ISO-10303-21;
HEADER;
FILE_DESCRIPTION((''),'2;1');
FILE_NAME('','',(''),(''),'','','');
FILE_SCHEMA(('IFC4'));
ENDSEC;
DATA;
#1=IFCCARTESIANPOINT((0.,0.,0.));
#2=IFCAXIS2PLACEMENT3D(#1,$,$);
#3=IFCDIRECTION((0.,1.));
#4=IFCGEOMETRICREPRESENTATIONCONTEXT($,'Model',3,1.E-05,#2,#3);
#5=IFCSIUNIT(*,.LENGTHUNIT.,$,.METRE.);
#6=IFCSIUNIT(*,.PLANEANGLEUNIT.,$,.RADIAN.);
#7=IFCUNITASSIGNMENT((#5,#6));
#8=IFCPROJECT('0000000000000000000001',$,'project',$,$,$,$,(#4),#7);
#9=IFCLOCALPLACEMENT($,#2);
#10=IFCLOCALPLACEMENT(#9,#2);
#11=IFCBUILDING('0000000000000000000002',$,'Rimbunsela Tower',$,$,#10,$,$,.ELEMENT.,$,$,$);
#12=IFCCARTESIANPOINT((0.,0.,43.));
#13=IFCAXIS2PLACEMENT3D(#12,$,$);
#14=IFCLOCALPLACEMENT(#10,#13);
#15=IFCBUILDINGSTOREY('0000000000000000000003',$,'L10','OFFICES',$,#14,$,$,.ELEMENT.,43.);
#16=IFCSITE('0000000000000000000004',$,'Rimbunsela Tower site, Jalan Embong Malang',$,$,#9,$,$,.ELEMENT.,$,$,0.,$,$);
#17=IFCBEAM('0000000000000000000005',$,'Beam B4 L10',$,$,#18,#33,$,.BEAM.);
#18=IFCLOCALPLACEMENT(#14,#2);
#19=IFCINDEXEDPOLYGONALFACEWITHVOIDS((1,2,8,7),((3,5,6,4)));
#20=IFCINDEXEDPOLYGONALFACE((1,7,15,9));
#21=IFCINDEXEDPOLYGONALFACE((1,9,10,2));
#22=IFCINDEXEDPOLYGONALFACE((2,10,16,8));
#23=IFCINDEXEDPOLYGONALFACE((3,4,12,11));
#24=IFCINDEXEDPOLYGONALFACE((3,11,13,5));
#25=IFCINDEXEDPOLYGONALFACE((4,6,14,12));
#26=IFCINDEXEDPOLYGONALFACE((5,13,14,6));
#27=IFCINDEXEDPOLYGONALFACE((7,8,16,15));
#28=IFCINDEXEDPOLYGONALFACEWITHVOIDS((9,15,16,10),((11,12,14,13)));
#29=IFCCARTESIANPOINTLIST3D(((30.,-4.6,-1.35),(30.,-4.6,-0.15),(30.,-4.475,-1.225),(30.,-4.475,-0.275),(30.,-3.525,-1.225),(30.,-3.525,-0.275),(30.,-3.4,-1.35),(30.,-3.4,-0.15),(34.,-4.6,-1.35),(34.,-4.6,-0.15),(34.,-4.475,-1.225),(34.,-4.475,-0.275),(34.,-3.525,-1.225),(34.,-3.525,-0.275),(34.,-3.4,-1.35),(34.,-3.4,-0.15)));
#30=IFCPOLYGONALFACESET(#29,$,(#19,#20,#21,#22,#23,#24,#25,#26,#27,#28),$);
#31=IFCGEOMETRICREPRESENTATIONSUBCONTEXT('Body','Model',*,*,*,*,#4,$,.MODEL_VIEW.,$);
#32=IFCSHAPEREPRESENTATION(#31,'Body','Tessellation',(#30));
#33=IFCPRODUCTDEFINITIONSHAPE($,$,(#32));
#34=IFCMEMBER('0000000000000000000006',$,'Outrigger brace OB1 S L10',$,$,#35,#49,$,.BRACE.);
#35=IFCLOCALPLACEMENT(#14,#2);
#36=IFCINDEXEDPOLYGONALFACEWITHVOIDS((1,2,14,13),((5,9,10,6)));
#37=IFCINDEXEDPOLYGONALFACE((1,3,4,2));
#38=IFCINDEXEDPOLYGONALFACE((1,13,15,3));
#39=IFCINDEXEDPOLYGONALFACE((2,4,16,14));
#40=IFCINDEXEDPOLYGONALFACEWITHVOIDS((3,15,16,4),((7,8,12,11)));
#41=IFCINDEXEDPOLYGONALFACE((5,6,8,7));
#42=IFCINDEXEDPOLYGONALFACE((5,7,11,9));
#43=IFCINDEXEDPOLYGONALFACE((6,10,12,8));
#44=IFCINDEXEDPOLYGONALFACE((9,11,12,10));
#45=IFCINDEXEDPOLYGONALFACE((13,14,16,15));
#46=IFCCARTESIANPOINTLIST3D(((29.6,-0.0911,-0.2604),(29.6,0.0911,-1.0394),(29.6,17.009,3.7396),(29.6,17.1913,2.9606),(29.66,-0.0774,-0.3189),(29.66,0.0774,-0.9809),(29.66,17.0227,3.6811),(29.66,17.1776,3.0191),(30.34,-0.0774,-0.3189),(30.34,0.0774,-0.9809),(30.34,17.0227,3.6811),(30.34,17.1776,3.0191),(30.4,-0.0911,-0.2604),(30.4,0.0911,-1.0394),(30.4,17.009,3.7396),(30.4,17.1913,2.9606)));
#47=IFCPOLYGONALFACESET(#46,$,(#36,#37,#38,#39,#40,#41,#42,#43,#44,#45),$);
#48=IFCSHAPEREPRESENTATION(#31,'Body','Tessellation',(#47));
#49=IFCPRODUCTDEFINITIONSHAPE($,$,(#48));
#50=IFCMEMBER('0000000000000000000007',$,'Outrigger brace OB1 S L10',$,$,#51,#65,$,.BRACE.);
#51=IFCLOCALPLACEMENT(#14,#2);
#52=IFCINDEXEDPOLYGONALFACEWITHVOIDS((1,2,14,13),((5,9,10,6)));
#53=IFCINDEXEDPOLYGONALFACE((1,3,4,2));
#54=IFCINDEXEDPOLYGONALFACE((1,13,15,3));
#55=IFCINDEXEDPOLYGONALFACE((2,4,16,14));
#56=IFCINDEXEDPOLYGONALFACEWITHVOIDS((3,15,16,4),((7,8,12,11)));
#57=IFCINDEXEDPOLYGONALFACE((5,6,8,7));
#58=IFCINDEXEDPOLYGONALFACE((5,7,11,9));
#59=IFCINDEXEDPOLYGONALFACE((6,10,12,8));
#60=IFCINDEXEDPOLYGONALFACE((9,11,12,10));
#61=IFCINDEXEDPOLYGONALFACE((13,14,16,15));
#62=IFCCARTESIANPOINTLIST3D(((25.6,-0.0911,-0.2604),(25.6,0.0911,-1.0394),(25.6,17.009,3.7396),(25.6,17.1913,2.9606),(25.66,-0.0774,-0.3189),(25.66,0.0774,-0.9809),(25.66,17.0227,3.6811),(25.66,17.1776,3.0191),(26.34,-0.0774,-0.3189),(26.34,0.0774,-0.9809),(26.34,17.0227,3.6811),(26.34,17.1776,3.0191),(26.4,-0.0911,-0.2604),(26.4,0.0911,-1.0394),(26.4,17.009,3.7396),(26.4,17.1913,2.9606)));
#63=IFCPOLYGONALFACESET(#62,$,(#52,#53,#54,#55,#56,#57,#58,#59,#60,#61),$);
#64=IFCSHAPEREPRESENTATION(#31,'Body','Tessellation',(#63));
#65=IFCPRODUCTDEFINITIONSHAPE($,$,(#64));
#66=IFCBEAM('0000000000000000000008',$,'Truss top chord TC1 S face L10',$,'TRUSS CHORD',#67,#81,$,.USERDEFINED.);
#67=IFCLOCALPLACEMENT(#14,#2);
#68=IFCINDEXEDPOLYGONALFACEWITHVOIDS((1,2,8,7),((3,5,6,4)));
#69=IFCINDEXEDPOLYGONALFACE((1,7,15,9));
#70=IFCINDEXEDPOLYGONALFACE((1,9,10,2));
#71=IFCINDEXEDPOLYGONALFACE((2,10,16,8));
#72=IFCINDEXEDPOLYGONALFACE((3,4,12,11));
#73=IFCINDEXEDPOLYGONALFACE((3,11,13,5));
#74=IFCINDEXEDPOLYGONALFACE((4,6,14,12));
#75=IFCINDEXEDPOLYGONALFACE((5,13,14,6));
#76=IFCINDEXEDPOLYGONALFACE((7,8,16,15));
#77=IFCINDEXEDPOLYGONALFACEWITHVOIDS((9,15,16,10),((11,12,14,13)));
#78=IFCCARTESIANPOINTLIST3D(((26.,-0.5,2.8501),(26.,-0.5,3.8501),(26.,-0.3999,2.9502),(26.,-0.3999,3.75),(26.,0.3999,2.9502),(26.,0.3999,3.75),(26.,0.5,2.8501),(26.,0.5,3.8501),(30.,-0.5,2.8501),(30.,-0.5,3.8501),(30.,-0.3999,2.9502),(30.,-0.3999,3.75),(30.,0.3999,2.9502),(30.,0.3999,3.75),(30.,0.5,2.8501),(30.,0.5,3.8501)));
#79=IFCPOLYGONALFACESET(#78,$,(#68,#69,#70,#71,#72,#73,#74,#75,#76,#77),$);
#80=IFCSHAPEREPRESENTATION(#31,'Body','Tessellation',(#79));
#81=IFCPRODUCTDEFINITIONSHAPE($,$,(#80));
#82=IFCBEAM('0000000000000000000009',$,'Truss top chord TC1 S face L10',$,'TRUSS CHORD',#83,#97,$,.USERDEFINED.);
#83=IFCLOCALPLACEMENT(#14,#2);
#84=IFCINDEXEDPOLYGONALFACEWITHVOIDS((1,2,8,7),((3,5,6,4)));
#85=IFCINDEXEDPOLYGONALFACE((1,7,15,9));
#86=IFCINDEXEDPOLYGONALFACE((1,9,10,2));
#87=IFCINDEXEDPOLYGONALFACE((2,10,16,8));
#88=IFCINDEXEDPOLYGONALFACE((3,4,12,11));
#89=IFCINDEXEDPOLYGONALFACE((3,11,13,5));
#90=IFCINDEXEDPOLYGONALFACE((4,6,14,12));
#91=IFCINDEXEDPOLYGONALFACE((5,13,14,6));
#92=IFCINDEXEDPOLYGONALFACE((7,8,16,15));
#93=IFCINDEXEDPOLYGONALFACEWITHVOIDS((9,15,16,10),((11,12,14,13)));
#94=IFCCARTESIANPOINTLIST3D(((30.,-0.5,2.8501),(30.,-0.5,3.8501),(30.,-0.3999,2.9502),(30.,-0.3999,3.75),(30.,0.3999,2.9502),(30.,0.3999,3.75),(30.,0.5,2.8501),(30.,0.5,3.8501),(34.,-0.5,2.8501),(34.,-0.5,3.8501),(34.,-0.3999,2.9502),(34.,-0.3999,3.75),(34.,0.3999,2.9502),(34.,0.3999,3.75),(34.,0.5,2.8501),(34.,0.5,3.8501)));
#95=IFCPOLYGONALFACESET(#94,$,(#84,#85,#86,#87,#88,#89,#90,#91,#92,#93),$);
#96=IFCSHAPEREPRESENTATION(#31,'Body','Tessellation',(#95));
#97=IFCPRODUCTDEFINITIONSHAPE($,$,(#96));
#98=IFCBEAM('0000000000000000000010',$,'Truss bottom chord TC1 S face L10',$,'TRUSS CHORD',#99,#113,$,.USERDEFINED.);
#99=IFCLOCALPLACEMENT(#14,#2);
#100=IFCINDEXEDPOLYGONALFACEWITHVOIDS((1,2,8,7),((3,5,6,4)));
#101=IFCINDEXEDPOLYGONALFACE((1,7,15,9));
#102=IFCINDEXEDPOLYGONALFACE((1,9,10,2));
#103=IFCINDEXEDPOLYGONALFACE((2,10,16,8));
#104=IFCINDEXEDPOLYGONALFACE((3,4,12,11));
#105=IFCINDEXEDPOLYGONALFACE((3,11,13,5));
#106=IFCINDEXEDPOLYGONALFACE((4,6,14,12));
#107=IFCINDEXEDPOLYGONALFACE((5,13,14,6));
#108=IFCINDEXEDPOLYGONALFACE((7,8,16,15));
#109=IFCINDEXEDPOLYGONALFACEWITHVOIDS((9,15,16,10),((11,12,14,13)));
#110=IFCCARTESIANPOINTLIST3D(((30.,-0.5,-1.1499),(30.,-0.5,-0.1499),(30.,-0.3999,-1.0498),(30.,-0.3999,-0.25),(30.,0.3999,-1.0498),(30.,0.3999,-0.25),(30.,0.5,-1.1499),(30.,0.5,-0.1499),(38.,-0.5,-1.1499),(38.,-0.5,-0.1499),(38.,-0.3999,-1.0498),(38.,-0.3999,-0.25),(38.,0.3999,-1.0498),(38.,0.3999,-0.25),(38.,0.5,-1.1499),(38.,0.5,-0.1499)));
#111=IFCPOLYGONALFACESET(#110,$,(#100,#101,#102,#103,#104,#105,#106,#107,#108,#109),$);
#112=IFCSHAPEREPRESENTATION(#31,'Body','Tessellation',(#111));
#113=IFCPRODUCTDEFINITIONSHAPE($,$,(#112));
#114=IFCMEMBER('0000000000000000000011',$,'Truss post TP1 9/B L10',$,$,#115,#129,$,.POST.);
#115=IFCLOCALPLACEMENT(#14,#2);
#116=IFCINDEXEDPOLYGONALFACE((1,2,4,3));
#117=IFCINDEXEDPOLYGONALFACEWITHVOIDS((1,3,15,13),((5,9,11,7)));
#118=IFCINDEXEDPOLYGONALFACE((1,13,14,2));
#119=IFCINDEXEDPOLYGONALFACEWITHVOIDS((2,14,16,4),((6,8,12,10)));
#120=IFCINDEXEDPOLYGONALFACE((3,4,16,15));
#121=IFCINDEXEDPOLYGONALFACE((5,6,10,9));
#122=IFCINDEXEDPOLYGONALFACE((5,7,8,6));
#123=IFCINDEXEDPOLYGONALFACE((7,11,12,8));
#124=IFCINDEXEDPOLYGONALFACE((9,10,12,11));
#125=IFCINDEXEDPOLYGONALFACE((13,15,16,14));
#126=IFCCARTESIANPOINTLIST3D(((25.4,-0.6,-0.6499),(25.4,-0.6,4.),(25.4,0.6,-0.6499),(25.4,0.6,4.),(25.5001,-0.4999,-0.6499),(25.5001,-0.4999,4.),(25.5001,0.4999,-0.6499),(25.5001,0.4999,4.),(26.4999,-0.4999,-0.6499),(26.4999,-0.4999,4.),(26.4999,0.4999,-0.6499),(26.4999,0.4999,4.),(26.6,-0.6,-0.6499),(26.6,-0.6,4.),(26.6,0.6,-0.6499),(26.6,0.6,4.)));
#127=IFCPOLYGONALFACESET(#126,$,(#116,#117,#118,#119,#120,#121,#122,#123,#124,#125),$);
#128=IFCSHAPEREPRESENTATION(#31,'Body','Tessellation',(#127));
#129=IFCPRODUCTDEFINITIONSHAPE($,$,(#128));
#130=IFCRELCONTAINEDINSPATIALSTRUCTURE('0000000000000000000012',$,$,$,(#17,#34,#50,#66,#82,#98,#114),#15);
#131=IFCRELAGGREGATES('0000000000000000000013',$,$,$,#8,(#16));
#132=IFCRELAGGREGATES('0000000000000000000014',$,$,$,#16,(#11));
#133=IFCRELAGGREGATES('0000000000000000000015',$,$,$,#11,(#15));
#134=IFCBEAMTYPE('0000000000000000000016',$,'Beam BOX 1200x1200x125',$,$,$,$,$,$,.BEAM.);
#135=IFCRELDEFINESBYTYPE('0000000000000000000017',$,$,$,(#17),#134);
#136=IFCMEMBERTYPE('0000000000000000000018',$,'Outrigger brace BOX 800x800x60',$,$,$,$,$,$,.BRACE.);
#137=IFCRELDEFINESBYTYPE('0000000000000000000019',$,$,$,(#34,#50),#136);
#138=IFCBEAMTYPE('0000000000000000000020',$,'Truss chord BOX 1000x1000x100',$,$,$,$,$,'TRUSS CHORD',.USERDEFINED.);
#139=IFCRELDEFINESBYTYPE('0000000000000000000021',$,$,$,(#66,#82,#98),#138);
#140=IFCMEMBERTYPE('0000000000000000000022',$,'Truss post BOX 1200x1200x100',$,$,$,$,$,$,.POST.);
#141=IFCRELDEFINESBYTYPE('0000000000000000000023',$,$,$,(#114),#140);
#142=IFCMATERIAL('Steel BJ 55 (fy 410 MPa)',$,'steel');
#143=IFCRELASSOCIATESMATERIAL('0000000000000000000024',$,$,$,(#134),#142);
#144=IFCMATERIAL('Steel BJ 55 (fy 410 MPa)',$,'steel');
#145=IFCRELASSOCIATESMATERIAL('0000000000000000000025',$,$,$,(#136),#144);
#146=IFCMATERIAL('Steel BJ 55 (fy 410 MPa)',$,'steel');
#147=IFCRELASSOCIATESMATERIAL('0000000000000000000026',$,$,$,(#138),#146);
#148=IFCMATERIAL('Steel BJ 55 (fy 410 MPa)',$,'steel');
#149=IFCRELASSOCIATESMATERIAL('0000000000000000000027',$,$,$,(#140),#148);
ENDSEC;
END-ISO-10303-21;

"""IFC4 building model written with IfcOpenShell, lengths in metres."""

from ifc_helpers import new_model, si_unit, direction, frame, origin, origin_2d, place, context, subcontext, project, spatial, hollow_rectangle, extrude, material, material_profile, profile_set, type_object, element, save


model = new_model("IFC4")

# Units and contexts
model_context = context("Model", 3, precision=1e-05, world=origin(), true_north=direction((0.0, 1.0)))
body_context = subcontext(model_context, "Body", "Model", "MODEL_VIEW")
ifc_project = project(units=[si_unit("LENGTHUNIT", "METRE"), si_unit("PLANEANGLEUNIT", "RADIAN")], contexts=[model_context])

# Site, building, storey
site_placement = place(None, origin())
site = spatial("IfcSite", under=ifc_project, at=site_placement, Name="Rimbunsela Tower site, Jalan Embong Malang", CompositionType="ELEMENT", RefElevation=0.0)
building_placement = place(site_placement, origin())
building = spatial("IfcBuilding", under=site, at=building_placement, Name="Rimbunsela Tower", CompositionType="ELEMENT")
storey_placement = place(building_placement, frame((0.0, 0.0, 43.0)))
storey = spatial("IfcBuildingStorey", under=building, at=storey_placement, Name="L10", Description="OFFICES", CompositionType="ELEMENT", Elevation=43.0)

# Beam
ifc_material_1 = material(Name="Steel BJ 55 (fy 410 MPa)", Category="steel")
ifc_material_profile_1 = material_profile(ifc_material_1, hollow_rectangle(XDim=1.2, YDim=1.2, WallThickness=0.125, at=origin_2d()), Name="BOX 1200x1200x125")
ifc_profile_set_1 = profile_set([ifc_material_profile_1], Name="Steel BJ 55 (fy 410 MPa)")
beam_type_1 = type_object("IfcBeamType", Name="Beam BOX 1200x1200x125", PredefinedType="BEAM", material=ifc_profile_set_1)
for number, where, z_axis, x_axis, name in (
    (1, (30.0, -4.0, -0.75), (1.0, 0.0, 0.0), (0.0, 1.0, 0.0), "Beam B4 L10"),
):
    element("IfcBeam", number, at=place(storey_placement, frame(where, z_axis=z_axis, x_axis=x_axis)), inside=storey, type_object=beam_type_1, Name=name, PredefinedType="BEAM", context=body_context, shape_type="SweptSolid", body=[
        extrude(hollow_rectangle(XDim=1.2, YDim=1.2, WallThickness=0.125, at=origin_2d()), origin(), (0.0, 0.0, 1.0), 4.0),
    ])

# Members
ifc_material_2 = material(Name="Steel BJ 55 (fy 410 MPa)", Category="steel")
ifc_material_profile_2 = material_profile(ifc_material_2, hollow_rectangle(XDim=0.8, YDim=0.8, WallThickness=0.0601, at=origin_2d()), Name="BOX 800x800x60")
ifc_profile_set_2 = profile_set([ifc_material_profile_2], Name="Steel BJ 55 (fy 410 MPa)")
member_type_1 = type_object("IfcMemberType", Name="Outrigger brace BOX 800x800x60", PredefinedType="BRACE", material=ifc_profile_set_2)
for number, where, z_axis, x_axis, name in (
    (2, (30.0, 0.0, -0.6499), (0.0, 0.973715, 0.227768), (-1.0, 0.0, 0.0), "Outrigger brace OB1 S L10"),
    (3, (26.0, 0.0, -0.6499), (0.0, 0.973715, 0.227768), (-1.0, 0.0, 0.0), "Outrigger brace OB1 S L10"),
):
    element("IfcMember", number, at=place(storey_placement, frame(where, z_axis=z_axis, x_axis=x_axis)), inside=storey, type_object=member_type_1, Name=name, PredefinedType="BRACE", context=body_context, shape_type="SweptSolid", body=[
        extrude(hollow_rectangle(XDim=0.8, YDim=0.8, WallThickness=0.0601, at=origin_2d()), origin(), (0.0, 0.0, 1.0), 17.5618),
    ])

# Beams
ifc_material_3 = material(Name="Steel BJ 55 (fy 410 MPa)", Category="steel")
ifc_material_profile_3 = material_profile(ifc_material_3, hollow_rectangle(XDim=1.0, YDim=1.0, WallThickness=0.1001, at=origin_2d()), Name="BOX 1000x1000x100")
ifc_profile_set_3 = profile_set([ifc_material_profile_3], Name="Steel BJ 55 (fy 410 MPa)")
beam_type_2 = type_object("IfcBeamType", Name="Truss chord BOX 1000x1000x100", ElementType="TRUSS CHORD", PredefinedType="USERDEFINED", material=ifc_profile_set_3)
for number, where, z_axis, x_axis, name in (
    (4, (26.0, 0.0, 3.3501), (1.0, 0.0, 0.0), (0.0, 1.0, 0.0), "Truss top chord TC1 S face L10"),
    (5, (30.0, 0.0, 3.3501), (1.0, 0.0, 0.0), (0.0, 1.0, 0.0), "Truss top chord TC1 S face L10"),
):
    element("IfcBeam", number, at=place(storey_placement, frame(where, z_axis=z_axis, x_axis=x_axis)), inside=storey, type_object=beam_type_2, Name=name, ObjectType="TRUSS CHORD", PredefinedType="USERDEFINED", context=body_context, shape_type="SweptSolid", body=[
        extrude(hollow_rectangle(XDim=1.0, YDim=1.0, WallThickness=0.1001, at=origin_2d()), origin(), (0.0, 0.0, 1.0), 4.0),
    ])
beam_1_placement = place(storey_placement, frame((30.0, 0.0, -0.6499), z_axis=(1.0, 0.0, 0.0), x_axis=(0.0, 1.0, 0.0)))
element("IfcBeam", 6, at=beam_1_placement, inside=storey, type_object=beam_type_2, Name="Truss bottom chord TC1 S face L10", ObjectType="TRUSS CHORD", PredefinedType="USERDEFINED", context=body_context, shape_type="SweptSolid", body=[
    extrude(hollow_rectangle(XDim=1.0, YDim=1.0, WallThickness=0.1001, at=origin_2d()), origin(), (0.0, 0.0, 1.0), 8.0),
])

# Member
ifc_material_4 = material(Name="Steel BJ 55 (fy 410 MPa)", Category="steel")
ifc_material_profile_4 = material_profile(ifc_material_4, hollow_rectangle(XDim=1.2, YDim=1.2, WallThickness=0.1001, at=origin_2d()), Name="BOX 1200x1200x100")
ifc_profile_set_4 = profile_set([ifc_material_profile_4], Name="Steel BJ 55 (fy 410 MPa)")
member_type_2 = type_object("IfcMemberType", Name="Truss post BOX 1200x1200x100", PredefinedType="POST", material=ifc_profile_set_4)
member_placement = place(storey_placement, frame((26.0, 0.0, -0.6499), z_axis=(0.0, 0.0, 1.0), x_axis=(1.0, 0.0, 0.0)))
element("IfcMember", 7, at=member_placement, inside=storey, type_object=member_type_2, Name="Truss post TP1 9/B L10", PredefinedType="POST", context=body_context, shape_type="SweptSolid", body=[
    extrude(hollow_rectangle(XDim=1.2, YDim=1.2, WallThickness=0.1001, at=origin_2d()), origin(), (0.0, 0.0, 1.0), 4.6499),
])

save(model, "model.ifc")
